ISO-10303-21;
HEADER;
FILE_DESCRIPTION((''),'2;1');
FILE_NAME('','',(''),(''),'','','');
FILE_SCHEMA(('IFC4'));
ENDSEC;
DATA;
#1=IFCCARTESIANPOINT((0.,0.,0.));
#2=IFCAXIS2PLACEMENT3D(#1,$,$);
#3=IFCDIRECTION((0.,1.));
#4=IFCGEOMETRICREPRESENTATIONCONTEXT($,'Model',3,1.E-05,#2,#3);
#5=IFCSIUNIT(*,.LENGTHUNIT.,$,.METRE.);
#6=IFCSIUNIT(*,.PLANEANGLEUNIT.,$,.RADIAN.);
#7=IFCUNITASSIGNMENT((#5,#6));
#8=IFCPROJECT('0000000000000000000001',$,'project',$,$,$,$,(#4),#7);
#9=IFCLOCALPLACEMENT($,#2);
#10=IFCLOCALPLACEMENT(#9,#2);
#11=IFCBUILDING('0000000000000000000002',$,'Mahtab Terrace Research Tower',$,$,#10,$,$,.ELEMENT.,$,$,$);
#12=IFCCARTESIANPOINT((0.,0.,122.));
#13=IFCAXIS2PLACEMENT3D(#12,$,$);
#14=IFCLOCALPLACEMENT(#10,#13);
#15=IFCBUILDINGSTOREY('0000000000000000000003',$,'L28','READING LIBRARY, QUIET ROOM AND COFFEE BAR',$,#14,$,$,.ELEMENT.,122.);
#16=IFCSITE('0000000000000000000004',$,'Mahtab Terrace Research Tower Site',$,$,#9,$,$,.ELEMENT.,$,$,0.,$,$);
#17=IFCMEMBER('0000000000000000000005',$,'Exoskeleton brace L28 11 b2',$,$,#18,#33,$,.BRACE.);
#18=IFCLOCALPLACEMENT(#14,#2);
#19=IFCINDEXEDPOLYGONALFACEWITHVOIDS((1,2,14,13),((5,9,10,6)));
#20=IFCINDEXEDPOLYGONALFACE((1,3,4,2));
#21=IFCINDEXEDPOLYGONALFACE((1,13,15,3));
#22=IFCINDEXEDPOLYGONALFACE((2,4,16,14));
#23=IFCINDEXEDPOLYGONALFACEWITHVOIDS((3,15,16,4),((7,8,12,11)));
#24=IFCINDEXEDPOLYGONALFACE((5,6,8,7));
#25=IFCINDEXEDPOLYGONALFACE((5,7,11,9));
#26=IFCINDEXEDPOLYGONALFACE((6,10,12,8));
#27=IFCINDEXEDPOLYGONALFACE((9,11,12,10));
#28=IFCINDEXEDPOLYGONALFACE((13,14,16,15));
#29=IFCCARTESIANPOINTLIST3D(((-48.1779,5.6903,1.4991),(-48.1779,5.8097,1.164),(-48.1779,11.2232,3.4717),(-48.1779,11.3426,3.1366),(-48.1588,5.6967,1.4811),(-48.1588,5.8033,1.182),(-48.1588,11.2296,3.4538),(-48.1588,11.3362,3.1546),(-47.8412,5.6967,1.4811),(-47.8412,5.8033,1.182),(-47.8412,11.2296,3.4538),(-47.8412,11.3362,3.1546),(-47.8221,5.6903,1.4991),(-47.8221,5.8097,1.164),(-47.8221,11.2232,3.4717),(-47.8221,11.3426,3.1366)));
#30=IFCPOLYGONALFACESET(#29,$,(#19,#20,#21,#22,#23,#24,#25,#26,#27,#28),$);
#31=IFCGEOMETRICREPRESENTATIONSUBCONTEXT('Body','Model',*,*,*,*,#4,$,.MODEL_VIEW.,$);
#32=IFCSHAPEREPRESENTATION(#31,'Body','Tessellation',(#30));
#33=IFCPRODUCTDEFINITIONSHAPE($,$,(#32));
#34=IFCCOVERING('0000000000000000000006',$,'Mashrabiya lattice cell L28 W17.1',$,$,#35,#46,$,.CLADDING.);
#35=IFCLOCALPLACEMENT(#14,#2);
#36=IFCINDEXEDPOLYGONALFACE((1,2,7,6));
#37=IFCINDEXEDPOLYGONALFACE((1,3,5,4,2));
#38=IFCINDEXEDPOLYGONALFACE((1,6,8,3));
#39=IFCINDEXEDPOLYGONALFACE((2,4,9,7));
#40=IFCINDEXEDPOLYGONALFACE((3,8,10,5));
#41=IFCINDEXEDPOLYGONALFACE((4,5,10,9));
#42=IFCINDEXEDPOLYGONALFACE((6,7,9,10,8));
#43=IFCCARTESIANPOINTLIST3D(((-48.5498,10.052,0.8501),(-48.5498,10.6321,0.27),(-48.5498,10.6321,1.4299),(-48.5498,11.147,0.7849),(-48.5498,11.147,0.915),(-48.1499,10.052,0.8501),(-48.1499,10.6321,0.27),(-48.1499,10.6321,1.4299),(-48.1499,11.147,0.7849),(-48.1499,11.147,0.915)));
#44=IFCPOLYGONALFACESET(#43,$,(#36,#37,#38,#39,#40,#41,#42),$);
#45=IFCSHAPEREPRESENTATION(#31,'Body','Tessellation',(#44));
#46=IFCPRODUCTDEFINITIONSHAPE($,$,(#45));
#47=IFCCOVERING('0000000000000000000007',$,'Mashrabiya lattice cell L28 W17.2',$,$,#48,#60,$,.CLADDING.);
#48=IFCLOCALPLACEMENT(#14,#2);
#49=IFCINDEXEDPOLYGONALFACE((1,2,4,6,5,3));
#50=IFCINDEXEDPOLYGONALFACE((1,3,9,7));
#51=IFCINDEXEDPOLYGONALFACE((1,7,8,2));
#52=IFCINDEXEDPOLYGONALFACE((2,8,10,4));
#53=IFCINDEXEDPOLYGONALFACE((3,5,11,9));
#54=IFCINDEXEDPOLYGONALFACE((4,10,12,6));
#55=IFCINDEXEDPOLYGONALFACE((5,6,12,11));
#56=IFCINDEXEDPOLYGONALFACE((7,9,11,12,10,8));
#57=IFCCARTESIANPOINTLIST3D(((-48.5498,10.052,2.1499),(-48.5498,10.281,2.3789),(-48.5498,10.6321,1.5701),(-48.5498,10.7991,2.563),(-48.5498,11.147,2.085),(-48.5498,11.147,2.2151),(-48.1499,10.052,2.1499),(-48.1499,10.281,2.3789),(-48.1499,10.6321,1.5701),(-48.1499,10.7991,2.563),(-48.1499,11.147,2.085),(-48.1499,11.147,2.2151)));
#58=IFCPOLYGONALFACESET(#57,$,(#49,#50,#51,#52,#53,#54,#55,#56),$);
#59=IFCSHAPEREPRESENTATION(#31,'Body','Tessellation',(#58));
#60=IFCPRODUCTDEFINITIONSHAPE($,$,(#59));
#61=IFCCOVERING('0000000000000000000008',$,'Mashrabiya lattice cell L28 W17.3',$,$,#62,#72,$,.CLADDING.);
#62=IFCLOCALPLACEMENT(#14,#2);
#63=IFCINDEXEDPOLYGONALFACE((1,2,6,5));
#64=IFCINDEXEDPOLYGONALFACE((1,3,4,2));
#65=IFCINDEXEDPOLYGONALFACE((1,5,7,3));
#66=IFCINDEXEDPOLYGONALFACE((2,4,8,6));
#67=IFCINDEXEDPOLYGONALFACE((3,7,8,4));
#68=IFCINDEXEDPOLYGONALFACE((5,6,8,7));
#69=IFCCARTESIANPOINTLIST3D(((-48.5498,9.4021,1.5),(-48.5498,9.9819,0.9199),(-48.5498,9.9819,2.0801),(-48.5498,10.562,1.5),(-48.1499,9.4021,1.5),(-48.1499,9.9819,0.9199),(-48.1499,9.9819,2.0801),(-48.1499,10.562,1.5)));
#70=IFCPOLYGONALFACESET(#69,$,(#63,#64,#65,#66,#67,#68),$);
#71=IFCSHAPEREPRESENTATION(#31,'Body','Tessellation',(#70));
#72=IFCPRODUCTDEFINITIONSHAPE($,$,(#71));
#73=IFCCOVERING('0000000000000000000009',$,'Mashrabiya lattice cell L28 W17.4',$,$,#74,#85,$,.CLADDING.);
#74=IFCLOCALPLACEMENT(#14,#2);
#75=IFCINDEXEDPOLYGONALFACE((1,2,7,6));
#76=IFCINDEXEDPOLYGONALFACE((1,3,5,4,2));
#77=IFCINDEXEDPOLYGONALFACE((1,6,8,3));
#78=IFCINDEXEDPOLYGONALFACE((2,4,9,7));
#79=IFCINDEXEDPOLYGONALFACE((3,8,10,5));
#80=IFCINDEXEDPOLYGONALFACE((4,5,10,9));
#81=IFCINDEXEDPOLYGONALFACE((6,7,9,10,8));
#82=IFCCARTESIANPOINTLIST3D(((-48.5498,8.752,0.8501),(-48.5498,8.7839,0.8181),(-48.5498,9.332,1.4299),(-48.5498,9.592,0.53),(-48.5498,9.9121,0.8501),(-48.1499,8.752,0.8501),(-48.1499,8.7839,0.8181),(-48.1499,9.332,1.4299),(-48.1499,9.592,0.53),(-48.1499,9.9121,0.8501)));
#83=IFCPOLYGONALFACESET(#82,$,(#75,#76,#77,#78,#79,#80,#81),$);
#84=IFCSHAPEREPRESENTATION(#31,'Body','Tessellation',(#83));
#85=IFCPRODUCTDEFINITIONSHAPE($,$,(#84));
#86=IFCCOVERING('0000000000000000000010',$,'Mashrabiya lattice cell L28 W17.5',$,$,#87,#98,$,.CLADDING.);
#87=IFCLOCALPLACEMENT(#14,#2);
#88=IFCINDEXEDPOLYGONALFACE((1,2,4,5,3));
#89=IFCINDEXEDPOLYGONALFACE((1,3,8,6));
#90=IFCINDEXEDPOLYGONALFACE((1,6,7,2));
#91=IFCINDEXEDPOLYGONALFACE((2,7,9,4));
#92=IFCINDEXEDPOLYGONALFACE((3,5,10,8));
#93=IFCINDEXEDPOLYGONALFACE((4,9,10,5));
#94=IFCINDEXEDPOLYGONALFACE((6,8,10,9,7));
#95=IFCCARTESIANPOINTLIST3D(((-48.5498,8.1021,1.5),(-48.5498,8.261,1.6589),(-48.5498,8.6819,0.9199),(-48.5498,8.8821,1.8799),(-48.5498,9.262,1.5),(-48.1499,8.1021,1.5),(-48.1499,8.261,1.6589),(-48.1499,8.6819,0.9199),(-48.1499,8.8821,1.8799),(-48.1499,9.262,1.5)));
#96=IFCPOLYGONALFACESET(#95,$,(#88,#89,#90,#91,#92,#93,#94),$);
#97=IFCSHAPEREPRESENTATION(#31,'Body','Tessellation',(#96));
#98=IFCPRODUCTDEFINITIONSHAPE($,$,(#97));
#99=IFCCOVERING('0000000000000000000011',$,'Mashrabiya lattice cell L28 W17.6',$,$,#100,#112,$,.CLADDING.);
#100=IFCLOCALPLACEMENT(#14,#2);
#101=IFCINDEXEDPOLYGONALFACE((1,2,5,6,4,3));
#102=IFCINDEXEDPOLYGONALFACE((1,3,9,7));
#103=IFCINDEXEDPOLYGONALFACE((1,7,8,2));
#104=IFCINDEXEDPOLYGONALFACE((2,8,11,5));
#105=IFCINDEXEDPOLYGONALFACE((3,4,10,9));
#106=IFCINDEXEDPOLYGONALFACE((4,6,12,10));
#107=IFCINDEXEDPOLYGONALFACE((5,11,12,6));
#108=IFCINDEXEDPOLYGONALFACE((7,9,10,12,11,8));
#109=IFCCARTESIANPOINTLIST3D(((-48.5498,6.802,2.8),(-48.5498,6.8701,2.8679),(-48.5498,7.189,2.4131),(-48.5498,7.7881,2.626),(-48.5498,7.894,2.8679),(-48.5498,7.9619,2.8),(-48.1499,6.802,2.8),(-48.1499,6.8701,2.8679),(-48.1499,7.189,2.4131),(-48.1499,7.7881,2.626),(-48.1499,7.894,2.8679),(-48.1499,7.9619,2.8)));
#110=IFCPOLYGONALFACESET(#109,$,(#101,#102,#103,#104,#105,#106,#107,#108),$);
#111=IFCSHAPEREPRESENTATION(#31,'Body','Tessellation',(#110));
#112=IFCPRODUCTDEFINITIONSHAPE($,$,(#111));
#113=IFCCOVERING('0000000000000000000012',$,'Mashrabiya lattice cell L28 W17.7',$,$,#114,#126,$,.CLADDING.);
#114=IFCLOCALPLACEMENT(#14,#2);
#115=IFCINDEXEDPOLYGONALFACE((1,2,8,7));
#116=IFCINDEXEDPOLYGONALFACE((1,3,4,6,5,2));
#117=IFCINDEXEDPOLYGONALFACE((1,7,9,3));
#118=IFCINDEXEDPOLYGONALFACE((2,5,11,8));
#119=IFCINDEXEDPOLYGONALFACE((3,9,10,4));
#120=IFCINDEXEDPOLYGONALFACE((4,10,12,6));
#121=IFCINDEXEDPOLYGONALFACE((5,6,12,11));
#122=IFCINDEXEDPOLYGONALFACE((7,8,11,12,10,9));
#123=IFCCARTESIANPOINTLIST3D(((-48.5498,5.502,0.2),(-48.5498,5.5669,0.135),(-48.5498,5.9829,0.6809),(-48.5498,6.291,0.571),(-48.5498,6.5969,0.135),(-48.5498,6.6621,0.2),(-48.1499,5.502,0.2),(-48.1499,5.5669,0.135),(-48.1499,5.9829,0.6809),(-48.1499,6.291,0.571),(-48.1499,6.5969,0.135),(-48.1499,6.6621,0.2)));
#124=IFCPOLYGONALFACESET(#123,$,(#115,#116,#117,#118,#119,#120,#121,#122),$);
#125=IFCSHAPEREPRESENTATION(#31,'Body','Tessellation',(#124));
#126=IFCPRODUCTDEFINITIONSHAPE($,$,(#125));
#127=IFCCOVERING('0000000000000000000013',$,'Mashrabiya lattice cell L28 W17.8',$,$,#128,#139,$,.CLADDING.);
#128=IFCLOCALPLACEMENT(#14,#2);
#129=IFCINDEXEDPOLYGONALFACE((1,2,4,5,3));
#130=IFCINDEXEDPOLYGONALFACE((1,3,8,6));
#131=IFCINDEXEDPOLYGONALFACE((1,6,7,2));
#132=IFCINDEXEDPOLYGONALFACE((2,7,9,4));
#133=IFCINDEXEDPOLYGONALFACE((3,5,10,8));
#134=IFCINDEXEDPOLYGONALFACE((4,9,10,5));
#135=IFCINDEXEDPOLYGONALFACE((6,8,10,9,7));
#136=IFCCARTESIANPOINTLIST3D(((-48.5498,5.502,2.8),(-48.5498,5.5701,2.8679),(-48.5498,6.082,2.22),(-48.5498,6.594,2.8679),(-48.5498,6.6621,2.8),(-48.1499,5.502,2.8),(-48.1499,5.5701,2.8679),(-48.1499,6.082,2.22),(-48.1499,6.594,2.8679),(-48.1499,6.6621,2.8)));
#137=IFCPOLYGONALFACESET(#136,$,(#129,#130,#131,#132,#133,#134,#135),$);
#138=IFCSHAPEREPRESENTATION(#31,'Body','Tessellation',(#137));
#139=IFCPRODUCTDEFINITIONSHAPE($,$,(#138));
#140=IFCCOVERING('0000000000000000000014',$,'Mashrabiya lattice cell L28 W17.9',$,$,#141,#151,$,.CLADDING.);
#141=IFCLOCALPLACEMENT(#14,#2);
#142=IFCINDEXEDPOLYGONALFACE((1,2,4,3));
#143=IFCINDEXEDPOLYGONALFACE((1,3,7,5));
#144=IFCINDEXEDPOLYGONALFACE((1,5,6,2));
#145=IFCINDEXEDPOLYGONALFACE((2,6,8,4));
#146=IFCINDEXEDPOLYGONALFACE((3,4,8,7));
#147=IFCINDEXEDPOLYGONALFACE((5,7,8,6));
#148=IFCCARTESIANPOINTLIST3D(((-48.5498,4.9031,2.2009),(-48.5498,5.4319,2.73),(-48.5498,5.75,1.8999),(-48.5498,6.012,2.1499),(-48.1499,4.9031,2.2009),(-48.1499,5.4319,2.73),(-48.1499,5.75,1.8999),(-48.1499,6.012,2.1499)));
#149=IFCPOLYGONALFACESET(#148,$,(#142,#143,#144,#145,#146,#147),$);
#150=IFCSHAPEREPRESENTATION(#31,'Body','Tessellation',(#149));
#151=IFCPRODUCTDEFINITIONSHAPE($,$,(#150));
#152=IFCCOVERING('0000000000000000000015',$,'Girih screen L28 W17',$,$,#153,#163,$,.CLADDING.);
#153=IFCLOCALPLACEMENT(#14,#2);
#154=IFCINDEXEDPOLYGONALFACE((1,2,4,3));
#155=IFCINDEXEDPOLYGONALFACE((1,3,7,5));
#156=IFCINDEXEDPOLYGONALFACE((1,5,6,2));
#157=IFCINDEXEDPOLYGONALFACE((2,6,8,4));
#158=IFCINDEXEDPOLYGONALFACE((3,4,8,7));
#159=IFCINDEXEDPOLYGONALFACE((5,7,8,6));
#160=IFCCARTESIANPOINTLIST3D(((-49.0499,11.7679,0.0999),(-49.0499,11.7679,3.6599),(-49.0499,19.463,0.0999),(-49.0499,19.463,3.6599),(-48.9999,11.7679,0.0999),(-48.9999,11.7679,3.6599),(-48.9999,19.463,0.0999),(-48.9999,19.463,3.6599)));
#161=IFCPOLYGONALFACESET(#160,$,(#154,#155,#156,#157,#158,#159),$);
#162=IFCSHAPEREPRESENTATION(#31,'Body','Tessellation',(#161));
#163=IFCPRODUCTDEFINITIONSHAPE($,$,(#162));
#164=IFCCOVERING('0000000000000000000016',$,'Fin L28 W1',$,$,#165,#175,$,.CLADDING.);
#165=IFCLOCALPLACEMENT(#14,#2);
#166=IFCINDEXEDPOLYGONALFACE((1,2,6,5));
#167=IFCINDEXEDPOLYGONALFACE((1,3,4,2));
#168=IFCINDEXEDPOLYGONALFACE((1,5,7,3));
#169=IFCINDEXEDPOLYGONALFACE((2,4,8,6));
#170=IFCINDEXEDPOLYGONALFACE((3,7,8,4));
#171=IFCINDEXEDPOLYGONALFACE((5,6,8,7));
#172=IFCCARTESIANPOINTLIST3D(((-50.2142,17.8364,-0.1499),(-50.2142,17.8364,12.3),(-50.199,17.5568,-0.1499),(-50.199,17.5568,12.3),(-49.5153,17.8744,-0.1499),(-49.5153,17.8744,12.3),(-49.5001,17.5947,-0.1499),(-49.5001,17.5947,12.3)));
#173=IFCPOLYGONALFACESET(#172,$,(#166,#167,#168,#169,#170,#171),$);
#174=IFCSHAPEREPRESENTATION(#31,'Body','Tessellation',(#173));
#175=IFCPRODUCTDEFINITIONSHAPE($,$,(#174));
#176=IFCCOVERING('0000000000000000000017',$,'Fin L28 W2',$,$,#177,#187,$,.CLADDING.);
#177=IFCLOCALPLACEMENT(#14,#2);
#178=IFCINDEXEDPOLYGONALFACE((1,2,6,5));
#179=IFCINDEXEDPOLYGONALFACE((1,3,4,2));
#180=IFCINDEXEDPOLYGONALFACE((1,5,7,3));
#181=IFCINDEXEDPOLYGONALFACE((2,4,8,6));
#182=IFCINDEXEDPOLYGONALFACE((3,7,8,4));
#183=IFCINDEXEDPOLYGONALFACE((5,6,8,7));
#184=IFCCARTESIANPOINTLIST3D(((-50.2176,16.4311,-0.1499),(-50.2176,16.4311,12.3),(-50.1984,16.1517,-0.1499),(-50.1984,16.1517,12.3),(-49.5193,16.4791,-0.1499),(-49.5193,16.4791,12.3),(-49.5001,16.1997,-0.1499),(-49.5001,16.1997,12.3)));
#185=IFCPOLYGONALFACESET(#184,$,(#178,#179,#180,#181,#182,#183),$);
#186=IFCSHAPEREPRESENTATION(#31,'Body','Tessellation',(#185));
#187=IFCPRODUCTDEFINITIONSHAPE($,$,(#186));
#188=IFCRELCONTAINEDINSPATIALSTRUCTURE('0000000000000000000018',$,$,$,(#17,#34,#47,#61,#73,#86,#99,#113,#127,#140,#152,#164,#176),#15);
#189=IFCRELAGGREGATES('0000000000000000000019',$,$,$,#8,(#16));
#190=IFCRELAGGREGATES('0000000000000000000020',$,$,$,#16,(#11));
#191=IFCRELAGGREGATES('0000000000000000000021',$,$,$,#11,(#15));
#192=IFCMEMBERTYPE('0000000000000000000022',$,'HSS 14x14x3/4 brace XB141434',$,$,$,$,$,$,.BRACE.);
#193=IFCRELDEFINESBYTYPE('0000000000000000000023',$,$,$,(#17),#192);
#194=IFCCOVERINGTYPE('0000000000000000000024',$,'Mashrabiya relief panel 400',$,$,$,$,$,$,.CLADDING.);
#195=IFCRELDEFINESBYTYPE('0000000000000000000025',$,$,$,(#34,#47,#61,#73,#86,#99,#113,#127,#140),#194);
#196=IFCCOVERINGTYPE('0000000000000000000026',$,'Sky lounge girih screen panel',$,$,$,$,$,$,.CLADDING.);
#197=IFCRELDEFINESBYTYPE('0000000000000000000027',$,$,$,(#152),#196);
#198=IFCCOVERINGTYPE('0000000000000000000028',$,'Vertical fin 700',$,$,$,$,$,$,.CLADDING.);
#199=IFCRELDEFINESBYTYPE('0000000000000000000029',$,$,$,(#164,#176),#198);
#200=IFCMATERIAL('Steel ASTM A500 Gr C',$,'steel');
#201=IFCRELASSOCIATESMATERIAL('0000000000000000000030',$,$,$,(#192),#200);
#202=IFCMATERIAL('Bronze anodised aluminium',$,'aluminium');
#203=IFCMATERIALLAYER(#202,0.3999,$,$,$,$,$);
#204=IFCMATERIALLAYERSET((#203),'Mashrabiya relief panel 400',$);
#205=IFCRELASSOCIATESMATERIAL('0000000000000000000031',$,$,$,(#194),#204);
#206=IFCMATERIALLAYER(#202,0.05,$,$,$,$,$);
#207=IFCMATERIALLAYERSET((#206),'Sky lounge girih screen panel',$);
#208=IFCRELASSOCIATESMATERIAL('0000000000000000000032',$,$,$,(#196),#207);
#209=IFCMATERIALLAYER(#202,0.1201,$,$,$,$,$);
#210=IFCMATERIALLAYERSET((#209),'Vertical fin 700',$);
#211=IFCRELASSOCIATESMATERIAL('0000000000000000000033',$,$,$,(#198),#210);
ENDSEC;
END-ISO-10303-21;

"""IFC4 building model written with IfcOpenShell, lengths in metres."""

from ifc_helpers import new_model, si_unit, direction, frame, origin, origin_2d, place, context, subcontext, project, spatial, polyline, rectangle, hollow_rectangle, outline, extrude, material, layer, layer_set, material_profile, profile_set, type_object, element, save


model = new_model("IFC4")

# Units and contexts
model_context = context("Model", 3, precision=1e-05, world=origin(), true_north=direction((0.0, 1.0)))
body_context = subcontext(model_context, "Body", "Model", "MODEL_VIEW")
ifc_project = project(units=[si_unit("LENGTHUNIT", "METRE"), si_unit("PLANEANGLEUNIT", "RADIAN")], contexts=[model_context])

# Site, building, storey
site_placement = place(None, origin())
site = spatial("IfcSite", under=ifc_project, at=site_placement, Name="Mahtab Terrace Research Tower Site", CompositionType="ELEMENT", RefElevation=0.0)
building_placement = place(site_placement, origin())
building = spatial("IfcBuilding", under=site, at=building_placement, Name="Mahtab Terrace Research Tower", CompositionType="ELEMENT")
storey_placement = place(building_placement, frame((0.0, 0.0, 122.0)))
storey = spatial("IfcBuildingStorey", under=building, at=storey_placement, Name="L28", Description="READING LIBRARY, QUIET ROOM AND COFFEE BAR", CompositionType="ELEMENT", Elevation=122.0)

# Member
ifc_material_1 = material(Name="Steel ASTM A500 Gr C", Category="steel")
ifc_material_profile = material_profile(ifc_material_1, hollow_rectangle(XDim=0.3557, YDim=0.3557, WallThickness=0.019, at=origin_2d()), Name="HSS14X14X3/4")
ifc_profile_set = profile_set([ifc_material_profile], Name="Steel ASTM A500 Gr C")
member_type = type_object("IfcMemberType", Name="HSS 14x14x3/4 brace XB141434", PredefinedType="BRACE", material=ifc_profile_set)
member_placement = place(storey_placement, frame((-48.0, 5.75, 1.3315), z_axis=(0.0, 0.941925, 0.335823), x_axis=(-1.0, 0.0, 0.0)))
element("IfcMember", 1, at=member_placement, inside=storey, type_object=member_type, Name="Exoskeleton brace L28 11 b2", PredefinedType="BRACE", context=body_context, shape_type="SweptSolid", body=[
    extrude(hollow_rectangle(XDim=0.3557, YDim=0.3557, WallThickness=0.019, at=origin_2d()), origin(), (0.0, 0.0, 1.0), 5.874),
])

# Coverings
ifc_material_2 = material(Name="Bronze anodised aluminium", Category="aluminium")
ifc_layer_1 = layer(ifc_material_2, 0.3999)
ifc_layer_set_1 = layer_set([ifc_layer_1], Name="Mashrabiya relief panel 400")
covering_type_1 = type_object("IfcCoveringType", Name="Mashrabiya relief panel 400", PredefinedType="CLADDING", material=ifc_layer_set_1)
covering_1_placement = place(storey_placement, frame((-48.1499, 10.6321, 1.4299), z_axis=(1.0, 0.0, 0.0), x_axis=(0.0, -0.707256, -0.706958)))
element("IfcCovering", 2, at=covering_1_placement, inside=storey, type_object=covering_type_1, Name="Mashrabiya lattice cell L28 W17.1", PredefinedType="CLADDING", context=body_context, shape_type="SweptSolid", body=[
    extrude(outline(polyline([(0.0, 0.0), (0.8202, 0.0), (0.82, 0.8204), (0.0918, 0.8202), (-0.0002, 0.7282), (0.0, 0.0)])), origin(), (0.0, 0.0, -1.0), 0.3999),
])
covering_2_placement = place(storey_placement, frame((-48.1499, 10.052, 2.1499), z_axis=(1.0, 0.0, 0.0), x_axis=(0.0, 0.707256, -0.706958)))
element("IfcCovering", 3, at=covering_2_placement, inside=storey, type_object=covering_type_1, Name="Mashrabiya lattice cell L28 W17.2", PredefinedType="CLADDING", context=body_context, shape_type="SweptSolid", body=[
    extrude(outline(polyline([(0.0, 0.0), (0.8202, 0.0), (0.8203, 0.7282), (0.7283, 0.8202), (0.2363, 0.8203), (0.0001, 0.3239), (0.0, 0.0)])), origin(), (0.0, 0.0, -1.0), 0.3999),
])
covering_3_placement = place(storey_placement, frame((-48.1499, 9.9819, 2.0801), z_axis=(1.0, 0.0, 0.0), x_axis=(0.0, -0.706958, -0.707256)))
element("IfcCovering", 4, at=covering_3_placement, inside=storey, type_object=covering_type_1, Name="Mashrabiya lattice cell L28 W17.3", PredefinedType="CLADDING", context=body_context, shape_type="SweptSolid", body=[
    extrude(outline(polyline([(0.0, 0.0), (0.8202, 0.0), (0.8205, 0.8202), (0.0002, 0.8204), (0.0, 0.0)])), origin(), (0.0, 0.0, -1.0), 0.3999),
])
covering_4_placement = place(storey_placement, frame((-48.1499, 9.9121, 0.8501), z_axis=(1.0, 0.0, 0.0), x_axis=(0.0, -0.707256, 0.706958)))
element("IfcCovering", 5, at=covering_4_placement, inside=storey, type_object=covering_type_1, Name="Mashrabiya lattice cell L28 W17.4", PredefinedType="CLADDING", context=body_context, shape_type="SweptSolid", body=[
    extrude(outline(polyline([(0.0, 0.0), (0.8202, 0.0), (0.8205, 0.8202), (0.7753, 0.8202), (0.0001, 0.4526), (0.0, 0.0)])), origin(), (0.0, 0.0, -1.0), 0.3999),
])
covering_5_placement = place(storey_placement, frame((-48.1499, 8.1021, 1.5), z_axis=(1.0, 0.0, 0.0), x_axis=(0.0, 0.706958, -0.707256)))
element("IfcCovering", 6, at=covering_5_placement, inside=storey, type_object=covering_type_1, Name="Mashrabiya lattice cell L28 W17.5", PredefinedType="CLADDING", context=body_context, shape_type="SweptSolid", body=[
    extrude(outline(polyline([(0.0, 0.0), (0.8202, 0.0), (0.82, 0.8204), (0.2828, 0.8202), (0.0, 0.2248), (0.0, 0.0)])), origin(), (0.0, 0.0, -1.0), 0.3999),
])
covering_6_placement = place(storey_placement, frame((-48.1499, 7.9619, 2.8), z_axis=(1.0, 0.0, 0.0), x_axis=(0.0, -0.707107, 0.707107)))
element("IfcCovering", 7, at=covering_6_placement, inside=storey, type_object=covering_type_1, Name="Mashrabiya lattice cell L28 W17.6", PredefinedType="CLADDING", context=body_context, shape_type="SweptSolid", body=[
    extrude(outline(polyline([(0.0, 0.0), (0.096, 0.0), (0.82, 0.724), (0.8202, 0.8202), (0.2729, 0.8202), (-0.0002, 0.246), (0.0, 0.0)])), origin(), (0.0, 0.0, -1.0), 0.3999),
])
covering_7_placement = place(storey_placement, frame((-48.1499, 6.6621, 0.2), z_axis=(1.0, 0.0, 0.0), x_axis=(0.0, -0.707107, 0.707107)))
element("IfcCovering", 8, at=covering_7_placement, inside=storey, type_object=covering_type_1, Name="Mashrabiya lattice cell L28 W17.7", PredefinedType="CLADDING", context=body_context, shape_type="SweptSolid", body=[
    extrude(outline(polyline([(0.0, 0.0), (0.5248, 0.0), (0.8204, 0.1402), (0.8204, 0.8204), (0.7285, 0.8204), (0.0002, 0.092), (0.0, 0.0)])), origin(), (0.0, 0.0, -1.0), 0.3999),
])
covering_8_placement = place(storey_placement, frame((-48.1499, 5.502, 2.8), z_axis=(1.0, 0.0, 0.0), x_axis=(0.0, 0.707107, -0.707107)))
element("IfcCovering", 9, at=covering_8_placement, inside=storey, type_object=covering_type_1, Name="Mashrabiya lattice cell L28 W17.8", PredefinedType="CLADDING", context=body_context, shape_type="SweptSolid", body=[
    extrude(outline(polyline([(0.0, 0.0), (0.8204, 0.0), (0.8204, 0.8204), (0.7242, 0.8202), (0.0002, 0.0962), (0.0, 0.0)])), origin(), (0.0, 0.0, -1.0), 0.3999),
])
covering_9_placement = place(storey_placement, frame((-48.1499, 6.012, 2.1499), z_axis=(1.0, 0.0, 0.0), x_axis=(0.0, -0.707107, 0.707107)))
element("IfcCovering", 10, at=covering_9_placement, inside=storey, type_object=covering_type_1, Name="Mashrabiya lattice cell L28 W17.9", PredefinedType="CLADDING", context=body_context, shape_type="SweptSolid", body=[
    extrude(outline(polyline([(0.0, 0.0), (0.8204, 0.0), (0.8202, 0.748), (0.0085, 0.362), (0.0, 0.0)])), origin(), (0.0, 0.0, -1.0), 0.3999),
])
ifc_layer_2 = layer(ifc_material_2, 0.05)
ifc_layer_set_2 = layer_set([ifc_layer_2], Name="Sky lounge girih screen panel")
covering_type_2 = type_object("IfcCoveringType", Name="Sky lounge girih screen panel", PredefinedType="CLADDING", material=ifc_layer_set_2)
covering_10_placement = place(storey_placement, frame((-49.0249, 15.6155, 0.0999), z_axis=(0.0, 0.0, 1.0), x_axis=(0.0, -1.0, 0.0)))
element("IfcCovering", 11, at=covering_10_placement, inside=storey, type_object=covering_type_2, Name="Girih screen L28 W17", PredefinedType="CLADDING", context=body_context, shape_type="SweptSolid", body=[
    extrude(rectangle(XDim=7.6951, YDim=0.05, at=origin_2d()), origin(), (0.0, 0.0, 1.0), 3.5601),
])
ifc_layer_3 = layer(ifc_material_2, 0.1201)
ifc_layer_set_3 = layer_set([ifc_layer_3], Name="Vertical fin 700")
covering_type_3 = type_object("IfcCoveringType", Name="Vertical fin 700", PredefinedType="CLADDING", material=ifc_layer_set_3)
for number, where, z_axis, x_axis, name in (
    (12, (-49.8572, 17.7156, -0.1499), (0.0, 0.0, 1.0), (0.054227, -0.998529, 0.0), "Fin L28 W1"),
    (13, (-49.8589, 16.3154, -0.1499), (0.0, 0.0, 1.0), (0.068574, -0.997646, 0.0), "Fin L28 W2"),
):
    element("IfcCovering", number, at=place(storey_placement, frame(where, z_axis=z_axis, x_axis=x_axis)), inside=storey, type_object=covering_type_3, Name=name, PredefinedType="CLADDING", context=body_context, shape_type="SweptSolid", body=[
        extrude(rectangle(XDim=0.28, YDim=0.7, at=origin_2d()), origin(), (0.0, 0.0, 1.0), 12.45),
    ])

save(model, "model.ifc")
